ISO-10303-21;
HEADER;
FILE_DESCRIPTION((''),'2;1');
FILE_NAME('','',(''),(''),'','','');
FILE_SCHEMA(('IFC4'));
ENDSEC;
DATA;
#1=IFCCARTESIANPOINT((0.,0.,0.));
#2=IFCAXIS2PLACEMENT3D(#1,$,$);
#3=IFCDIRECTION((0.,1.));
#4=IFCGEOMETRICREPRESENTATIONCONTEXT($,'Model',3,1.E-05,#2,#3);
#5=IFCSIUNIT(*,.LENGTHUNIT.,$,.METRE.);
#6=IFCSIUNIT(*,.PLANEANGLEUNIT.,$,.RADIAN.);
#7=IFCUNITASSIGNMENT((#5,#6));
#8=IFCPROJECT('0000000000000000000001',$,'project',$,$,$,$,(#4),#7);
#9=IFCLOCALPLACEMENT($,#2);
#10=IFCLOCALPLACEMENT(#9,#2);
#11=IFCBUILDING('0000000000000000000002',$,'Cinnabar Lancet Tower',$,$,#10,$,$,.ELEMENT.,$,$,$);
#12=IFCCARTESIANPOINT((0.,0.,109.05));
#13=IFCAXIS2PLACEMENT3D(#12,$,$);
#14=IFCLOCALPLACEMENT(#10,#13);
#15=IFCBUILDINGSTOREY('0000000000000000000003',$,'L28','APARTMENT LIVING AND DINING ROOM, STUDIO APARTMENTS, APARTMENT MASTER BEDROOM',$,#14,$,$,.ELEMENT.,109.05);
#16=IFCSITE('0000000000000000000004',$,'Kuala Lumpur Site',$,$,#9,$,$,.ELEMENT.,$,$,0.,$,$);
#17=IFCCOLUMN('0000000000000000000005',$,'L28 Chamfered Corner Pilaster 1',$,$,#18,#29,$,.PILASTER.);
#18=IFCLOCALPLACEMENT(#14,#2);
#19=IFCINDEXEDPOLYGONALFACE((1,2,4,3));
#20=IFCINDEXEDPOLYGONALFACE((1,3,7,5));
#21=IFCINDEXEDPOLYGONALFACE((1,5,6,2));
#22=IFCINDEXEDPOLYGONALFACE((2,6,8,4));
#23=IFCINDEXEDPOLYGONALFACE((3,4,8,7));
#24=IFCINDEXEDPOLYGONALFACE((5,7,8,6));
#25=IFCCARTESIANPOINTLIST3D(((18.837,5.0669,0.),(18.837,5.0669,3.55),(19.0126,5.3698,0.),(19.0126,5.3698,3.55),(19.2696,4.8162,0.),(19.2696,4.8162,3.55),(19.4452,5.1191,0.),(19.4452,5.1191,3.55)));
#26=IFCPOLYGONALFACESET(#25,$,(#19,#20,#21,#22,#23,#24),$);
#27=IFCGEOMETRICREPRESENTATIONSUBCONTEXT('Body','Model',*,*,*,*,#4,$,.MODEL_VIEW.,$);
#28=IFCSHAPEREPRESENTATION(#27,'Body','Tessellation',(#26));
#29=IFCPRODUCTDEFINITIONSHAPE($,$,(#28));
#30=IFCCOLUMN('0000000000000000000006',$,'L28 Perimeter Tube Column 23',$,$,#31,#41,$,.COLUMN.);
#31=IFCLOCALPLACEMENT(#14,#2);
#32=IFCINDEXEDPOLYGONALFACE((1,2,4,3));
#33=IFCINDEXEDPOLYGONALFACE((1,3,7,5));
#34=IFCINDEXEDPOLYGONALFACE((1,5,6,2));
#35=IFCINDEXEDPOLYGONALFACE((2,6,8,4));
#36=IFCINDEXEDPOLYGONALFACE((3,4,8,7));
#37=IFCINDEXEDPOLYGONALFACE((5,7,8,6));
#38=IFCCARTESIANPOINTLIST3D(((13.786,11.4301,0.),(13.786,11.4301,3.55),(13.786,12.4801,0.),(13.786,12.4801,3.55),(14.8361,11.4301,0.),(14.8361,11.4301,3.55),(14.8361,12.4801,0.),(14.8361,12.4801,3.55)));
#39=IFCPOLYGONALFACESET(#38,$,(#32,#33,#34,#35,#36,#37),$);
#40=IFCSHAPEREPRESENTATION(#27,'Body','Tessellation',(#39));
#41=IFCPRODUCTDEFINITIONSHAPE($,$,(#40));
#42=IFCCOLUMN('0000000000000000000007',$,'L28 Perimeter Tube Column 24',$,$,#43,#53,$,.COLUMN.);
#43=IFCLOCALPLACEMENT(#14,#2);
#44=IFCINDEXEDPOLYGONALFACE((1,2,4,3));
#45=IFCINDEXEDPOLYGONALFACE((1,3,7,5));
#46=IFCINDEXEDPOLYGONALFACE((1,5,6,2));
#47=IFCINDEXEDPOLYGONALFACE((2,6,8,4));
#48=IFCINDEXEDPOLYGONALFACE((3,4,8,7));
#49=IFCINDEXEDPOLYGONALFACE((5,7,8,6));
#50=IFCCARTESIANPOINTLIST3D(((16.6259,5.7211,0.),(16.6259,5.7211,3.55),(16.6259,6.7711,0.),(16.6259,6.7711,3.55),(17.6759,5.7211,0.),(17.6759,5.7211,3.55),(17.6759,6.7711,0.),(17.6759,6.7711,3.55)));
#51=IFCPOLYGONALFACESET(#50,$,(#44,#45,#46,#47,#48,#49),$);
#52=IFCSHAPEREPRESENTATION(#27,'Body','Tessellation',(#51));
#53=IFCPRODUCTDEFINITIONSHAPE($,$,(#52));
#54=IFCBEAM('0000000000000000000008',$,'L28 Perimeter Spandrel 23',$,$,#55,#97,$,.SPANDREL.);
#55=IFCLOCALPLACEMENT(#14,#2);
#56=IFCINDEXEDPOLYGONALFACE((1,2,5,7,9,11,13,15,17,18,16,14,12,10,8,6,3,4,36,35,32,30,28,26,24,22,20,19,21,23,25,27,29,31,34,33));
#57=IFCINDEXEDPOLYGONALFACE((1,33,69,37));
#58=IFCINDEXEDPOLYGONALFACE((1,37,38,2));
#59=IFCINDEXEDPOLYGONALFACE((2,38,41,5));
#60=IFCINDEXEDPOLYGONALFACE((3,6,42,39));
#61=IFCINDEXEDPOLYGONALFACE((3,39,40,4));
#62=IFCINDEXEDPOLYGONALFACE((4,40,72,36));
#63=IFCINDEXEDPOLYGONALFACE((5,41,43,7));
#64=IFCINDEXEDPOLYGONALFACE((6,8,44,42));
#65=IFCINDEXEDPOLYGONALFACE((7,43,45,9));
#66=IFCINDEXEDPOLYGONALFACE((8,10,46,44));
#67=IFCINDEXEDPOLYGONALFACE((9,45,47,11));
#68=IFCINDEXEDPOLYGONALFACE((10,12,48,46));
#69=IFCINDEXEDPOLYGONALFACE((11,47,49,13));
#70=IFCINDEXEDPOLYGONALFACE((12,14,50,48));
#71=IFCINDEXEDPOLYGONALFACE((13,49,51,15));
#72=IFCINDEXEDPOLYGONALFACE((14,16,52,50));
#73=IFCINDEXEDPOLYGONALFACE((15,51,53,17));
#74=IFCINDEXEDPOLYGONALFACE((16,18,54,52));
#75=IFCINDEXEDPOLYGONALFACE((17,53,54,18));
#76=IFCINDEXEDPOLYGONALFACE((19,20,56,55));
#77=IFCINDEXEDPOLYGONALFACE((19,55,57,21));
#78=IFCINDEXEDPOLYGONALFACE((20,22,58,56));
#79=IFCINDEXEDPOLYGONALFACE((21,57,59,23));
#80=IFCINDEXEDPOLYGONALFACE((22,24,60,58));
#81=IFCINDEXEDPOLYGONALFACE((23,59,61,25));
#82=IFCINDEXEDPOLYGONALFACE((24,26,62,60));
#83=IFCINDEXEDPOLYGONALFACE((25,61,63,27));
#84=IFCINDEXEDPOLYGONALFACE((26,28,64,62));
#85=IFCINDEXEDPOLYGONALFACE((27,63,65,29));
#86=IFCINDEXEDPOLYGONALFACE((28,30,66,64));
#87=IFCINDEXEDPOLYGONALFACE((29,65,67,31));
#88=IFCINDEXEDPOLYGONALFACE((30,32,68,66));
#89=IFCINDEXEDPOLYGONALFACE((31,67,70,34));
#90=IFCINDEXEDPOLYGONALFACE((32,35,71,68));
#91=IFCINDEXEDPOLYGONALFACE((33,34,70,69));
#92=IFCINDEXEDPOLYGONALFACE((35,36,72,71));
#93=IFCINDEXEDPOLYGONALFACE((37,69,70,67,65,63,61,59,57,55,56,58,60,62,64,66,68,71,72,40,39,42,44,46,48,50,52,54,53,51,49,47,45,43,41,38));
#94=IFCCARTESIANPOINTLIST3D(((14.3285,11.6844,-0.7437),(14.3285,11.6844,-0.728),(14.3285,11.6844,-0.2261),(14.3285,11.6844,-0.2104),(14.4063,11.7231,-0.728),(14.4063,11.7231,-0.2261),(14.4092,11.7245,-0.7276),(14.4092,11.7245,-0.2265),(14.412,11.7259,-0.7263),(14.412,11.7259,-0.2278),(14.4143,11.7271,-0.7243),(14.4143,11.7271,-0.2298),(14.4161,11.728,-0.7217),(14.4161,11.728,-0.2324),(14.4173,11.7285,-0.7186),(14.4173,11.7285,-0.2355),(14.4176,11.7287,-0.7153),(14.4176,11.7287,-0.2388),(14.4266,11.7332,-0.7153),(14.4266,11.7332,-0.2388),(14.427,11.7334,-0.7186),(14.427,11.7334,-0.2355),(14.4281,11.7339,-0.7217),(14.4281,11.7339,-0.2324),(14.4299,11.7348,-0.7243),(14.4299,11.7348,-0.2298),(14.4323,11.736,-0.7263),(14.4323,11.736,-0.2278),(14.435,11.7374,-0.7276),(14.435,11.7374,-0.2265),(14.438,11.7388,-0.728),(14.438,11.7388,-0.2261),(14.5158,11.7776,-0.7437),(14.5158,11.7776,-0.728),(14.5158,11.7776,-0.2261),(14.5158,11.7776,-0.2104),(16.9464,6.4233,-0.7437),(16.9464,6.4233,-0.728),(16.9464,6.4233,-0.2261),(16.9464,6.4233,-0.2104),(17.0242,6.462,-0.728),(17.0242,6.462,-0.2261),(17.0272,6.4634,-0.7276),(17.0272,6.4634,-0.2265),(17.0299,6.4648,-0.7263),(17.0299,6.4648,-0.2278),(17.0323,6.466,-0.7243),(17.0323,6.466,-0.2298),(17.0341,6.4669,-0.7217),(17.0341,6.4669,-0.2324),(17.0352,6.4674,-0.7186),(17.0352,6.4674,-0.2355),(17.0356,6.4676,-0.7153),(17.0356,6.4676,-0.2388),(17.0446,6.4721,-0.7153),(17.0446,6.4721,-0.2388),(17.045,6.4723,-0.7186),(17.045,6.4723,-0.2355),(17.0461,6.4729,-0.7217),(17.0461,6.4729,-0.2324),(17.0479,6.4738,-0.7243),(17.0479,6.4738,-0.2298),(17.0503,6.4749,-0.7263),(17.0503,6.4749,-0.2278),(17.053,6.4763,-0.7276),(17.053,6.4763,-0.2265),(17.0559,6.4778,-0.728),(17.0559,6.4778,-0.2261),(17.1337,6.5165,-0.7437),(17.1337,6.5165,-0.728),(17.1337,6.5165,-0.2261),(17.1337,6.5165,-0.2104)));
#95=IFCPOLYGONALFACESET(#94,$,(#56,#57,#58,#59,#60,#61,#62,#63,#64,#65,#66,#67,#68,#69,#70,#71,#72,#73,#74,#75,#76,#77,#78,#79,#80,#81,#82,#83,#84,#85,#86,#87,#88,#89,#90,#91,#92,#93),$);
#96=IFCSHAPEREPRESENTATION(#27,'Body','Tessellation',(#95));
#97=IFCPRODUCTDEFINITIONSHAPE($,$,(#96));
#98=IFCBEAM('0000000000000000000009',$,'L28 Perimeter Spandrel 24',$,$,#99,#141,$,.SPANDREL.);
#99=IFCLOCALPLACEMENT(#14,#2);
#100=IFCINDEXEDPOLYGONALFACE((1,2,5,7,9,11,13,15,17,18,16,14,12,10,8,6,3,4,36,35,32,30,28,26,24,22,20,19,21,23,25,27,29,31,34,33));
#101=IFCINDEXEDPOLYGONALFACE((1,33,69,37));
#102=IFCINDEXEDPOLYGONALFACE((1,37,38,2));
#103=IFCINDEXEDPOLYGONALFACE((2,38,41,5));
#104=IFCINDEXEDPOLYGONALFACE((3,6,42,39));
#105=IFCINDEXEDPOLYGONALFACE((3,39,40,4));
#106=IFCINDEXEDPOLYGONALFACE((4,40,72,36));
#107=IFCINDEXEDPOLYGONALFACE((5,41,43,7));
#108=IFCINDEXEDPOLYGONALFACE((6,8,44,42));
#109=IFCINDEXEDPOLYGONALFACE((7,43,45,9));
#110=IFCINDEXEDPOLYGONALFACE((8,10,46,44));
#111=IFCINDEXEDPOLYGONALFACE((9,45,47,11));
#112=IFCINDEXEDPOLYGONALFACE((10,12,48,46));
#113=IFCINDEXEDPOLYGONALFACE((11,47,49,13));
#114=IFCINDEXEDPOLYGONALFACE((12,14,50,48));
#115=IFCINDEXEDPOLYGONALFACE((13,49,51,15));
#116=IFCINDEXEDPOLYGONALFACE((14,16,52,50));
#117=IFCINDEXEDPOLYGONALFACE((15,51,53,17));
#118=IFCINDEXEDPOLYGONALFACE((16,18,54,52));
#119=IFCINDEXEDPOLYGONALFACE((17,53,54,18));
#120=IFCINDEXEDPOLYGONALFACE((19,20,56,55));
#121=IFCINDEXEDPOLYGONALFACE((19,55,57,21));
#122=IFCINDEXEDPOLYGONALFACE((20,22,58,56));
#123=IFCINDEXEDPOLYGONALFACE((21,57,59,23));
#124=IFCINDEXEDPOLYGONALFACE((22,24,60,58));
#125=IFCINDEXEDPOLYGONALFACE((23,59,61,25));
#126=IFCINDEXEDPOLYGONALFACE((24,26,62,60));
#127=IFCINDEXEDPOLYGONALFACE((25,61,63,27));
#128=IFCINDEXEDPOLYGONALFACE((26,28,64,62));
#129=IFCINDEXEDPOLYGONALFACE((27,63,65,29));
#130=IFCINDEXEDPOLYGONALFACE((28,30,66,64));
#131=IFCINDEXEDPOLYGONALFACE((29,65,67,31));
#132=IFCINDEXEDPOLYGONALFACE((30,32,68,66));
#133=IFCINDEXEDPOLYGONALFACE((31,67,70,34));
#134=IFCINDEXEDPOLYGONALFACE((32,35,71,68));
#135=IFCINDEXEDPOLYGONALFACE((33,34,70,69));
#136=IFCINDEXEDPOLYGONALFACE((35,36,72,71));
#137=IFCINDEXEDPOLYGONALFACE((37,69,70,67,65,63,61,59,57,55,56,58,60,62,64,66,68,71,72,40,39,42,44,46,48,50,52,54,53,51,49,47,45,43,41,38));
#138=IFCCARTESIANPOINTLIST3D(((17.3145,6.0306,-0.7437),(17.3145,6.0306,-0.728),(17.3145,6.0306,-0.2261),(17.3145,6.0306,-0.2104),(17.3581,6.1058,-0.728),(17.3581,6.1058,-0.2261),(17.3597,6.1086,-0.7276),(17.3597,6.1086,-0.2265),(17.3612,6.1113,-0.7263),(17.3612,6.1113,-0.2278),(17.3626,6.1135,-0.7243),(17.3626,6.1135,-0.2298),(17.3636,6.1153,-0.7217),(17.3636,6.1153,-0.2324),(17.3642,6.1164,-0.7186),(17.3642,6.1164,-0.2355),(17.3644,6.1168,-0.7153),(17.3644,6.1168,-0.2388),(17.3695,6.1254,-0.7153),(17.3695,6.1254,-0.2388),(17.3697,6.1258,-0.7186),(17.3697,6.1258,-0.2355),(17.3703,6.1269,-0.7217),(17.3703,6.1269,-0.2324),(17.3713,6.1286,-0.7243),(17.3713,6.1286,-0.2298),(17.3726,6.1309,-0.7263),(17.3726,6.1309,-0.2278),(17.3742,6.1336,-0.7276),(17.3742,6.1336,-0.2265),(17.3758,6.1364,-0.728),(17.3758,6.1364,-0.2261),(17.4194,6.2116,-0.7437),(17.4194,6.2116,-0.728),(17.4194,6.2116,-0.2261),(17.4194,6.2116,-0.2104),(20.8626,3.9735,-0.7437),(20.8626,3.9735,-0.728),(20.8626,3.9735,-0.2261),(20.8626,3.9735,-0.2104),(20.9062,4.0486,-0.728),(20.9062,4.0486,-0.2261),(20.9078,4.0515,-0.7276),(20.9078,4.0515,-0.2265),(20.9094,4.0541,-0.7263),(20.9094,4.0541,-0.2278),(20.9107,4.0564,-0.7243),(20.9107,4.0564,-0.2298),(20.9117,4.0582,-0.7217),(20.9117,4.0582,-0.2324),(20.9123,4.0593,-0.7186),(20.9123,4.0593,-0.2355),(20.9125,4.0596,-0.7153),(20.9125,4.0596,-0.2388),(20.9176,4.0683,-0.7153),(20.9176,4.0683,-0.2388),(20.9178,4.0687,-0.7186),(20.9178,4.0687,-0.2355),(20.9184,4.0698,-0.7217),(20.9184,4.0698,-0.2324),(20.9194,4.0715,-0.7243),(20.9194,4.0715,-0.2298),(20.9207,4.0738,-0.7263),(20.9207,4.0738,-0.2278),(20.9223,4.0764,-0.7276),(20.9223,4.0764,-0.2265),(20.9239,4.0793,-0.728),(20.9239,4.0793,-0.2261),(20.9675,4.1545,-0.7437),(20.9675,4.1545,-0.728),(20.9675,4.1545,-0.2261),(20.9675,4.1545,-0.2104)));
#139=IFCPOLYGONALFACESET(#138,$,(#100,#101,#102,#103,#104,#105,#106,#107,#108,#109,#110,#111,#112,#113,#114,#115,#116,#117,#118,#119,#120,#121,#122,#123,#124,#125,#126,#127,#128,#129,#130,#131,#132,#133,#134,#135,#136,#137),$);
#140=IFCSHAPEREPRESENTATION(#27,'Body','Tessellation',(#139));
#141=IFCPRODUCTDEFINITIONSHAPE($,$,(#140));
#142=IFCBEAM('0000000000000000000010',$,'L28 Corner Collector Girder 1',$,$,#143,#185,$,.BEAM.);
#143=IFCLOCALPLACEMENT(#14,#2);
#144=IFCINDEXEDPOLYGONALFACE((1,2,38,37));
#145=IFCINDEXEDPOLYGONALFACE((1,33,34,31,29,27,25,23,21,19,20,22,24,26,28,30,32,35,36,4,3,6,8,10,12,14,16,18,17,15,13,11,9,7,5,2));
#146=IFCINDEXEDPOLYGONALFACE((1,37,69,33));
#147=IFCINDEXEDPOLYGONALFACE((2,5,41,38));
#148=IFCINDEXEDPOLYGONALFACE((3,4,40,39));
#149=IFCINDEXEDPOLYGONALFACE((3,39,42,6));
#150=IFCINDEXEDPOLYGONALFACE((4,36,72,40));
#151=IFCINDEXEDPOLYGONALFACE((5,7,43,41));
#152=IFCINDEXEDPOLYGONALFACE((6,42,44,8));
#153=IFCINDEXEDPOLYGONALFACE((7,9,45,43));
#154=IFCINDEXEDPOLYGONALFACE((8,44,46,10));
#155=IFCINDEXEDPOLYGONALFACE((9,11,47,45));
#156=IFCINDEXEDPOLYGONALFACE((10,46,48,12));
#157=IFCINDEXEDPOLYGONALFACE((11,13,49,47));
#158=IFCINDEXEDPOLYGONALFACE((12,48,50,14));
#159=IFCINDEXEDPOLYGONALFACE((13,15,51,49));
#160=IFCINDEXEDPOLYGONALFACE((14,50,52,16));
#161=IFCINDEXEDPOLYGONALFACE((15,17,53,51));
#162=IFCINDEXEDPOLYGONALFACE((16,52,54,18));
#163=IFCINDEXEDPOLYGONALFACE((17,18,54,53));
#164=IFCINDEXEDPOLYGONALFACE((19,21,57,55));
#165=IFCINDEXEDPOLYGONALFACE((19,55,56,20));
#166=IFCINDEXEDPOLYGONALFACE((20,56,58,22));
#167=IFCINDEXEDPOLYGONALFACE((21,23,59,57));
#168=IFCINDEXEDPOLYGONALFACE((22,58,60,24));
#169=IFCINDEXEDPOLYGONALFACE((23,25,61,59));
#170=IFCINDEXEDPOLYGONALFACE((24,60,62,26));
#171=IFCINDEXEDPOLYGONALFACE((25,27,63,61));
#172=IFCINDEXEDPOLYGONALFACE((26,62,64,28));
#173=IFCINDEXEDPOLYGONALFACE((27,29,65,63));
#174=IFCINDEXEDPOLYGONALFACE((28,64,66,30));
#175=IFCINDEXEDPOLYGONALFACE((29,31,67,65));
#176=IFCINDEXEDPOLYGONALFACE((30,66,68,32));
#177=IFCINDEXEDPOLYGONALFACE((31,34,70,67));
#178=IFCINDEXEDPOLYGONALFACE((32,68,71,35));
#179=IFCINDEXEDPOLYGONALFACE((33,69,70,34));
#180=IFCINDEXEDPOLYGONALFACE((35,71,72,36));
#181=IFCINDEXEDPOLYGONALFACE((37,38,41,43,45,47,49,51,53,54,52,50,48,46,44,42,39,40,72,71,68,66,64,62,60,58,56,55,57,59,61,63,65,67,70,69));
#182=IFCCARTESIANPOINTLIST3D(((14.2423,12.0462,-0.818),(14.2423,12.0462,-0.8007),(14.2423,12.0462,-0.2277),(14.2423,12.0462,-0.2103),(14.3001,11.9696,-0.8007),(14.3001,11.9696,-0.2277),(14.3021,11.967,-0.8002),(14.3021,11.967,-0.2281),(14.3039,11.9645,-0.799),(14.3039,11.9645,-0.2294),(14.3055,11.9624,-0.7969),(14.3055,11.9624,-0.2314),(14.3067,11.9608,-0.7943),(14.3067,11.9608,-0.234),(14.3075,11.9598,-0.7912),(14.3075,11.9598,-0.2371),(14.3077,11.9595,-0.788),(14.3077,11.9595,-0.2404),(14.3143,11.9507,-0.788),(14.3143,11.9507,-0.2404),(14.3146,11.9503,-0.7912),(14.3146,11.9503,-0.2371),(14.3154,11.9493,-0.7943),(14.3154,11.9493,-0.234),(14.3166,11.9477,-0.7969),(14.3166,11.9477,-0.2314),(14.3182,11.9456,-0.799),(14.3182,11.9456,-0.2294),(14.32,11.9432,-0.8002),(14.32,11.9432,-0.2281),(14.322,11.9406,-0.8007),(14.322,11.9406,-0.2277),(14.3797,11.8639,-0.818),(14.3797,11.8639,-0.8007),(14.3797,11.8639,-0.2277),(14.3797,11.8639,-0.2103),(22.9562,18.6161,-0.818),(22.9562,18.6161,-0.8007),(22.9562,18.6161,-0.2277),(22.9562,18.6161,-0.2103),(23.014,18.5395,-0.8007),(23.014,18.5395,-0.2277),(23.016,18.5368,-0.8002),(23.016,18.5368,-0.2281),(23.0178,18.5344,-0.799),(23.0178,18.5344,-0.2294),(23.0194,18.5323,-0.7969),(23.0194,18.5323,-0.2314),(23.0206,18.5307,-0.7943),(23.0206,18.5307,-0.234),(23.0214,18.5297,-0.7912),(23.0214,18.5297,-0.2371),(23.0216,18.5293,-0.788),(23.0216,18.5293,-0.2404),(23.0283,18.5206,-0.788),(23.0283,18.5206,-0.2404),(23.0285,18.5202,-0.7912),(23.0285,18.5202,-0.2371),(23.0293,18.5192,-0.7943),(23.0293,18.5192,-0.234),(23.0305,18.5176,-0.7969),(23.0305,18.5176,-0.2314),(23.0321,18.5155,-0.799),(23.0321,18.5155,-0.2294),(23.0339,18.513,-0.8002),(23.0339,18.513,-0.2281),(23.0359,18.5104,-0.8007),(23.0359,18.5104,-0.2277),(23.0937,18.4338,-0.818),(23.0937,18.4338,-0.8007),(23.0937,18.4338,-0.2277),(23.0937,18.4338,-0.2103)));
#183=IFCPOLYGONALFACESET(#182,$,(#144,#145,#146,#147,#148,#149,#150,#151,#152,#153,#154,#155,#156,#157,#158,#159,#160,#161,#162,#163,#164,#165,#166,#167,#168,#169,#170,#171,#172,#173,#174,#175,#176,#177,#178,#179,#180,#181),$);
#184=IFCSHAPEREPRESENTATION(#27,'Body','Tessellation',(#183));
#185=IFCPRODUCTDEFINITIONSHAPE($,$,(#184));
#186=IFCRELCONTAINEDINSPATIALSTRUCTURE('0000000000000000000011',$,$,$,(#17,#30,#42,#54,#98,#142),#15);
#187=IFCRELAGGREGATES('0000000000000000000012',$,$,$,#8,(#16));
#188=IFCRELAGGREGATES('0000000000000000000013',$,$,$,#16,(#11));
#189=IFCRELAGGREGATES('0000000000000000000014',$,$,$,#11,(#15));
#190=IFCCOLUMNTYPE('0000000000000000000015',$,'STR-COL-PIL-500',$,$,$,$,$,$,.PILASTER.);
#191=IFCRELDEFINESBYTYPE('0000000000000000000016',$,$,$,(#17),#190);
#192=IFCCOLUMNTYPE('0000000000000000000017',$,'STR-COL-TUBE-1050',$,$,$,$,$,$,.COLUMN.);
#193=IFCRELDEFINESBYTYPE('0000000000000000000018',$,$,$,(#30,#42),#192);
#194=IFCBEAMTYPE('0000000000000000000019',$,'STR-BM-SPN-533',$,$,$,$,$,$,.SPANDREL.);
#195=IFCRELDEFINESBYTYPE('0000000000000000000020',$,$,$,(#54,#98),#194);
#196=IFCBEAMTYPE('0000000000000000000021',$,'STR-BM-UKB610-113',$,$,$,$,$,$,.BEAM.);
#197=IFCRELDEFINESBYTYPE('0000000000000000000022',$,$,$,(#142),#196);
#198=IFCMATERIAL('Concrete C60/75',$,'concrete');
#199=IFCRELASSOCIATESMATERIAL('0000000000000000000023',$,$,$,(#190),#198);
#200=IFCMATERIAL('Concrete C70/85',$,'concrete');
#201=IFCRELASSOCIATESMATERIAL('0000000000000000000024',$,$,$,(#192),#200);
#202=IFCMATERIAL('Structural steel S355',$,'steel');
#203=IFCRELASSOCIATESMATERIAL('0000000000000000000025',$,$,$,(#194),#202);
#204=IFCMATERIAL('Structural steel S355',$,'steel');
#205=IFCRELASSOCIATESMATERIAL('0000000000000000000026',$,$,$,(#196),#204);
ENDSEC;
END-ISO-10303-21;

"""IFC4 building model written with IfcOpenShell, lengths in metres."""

from ifc_helpers import new_model, si_unit, direction, frame, origin, origin_2d, place, context, subcontext, project, spatial, rectangle, i_section, extrude, material, material_profile, profile_set, type_object, element, save


model = new_model("IFC4")

# Units and contexts
model_context = context("Model", 3, precision=1e-05, world=origin(), true_north=direction((0.0, 1.0)))
body_context = subcontext(model_context, "Body", "Model", "MODEL_VIEW")
ifc_project = project(units=[si_unit("LENGTHUNIT", "METRE"), si_unit("PLANEANGLEUNIT", "RADIAN")], contexts=[model_context])

# Site, building, storey
site_placement = place(None, origin())
site = spatial("IfcSite", under=ifc_project, at=site_placement, Name="Kuala Lumpur Site", CompositionType="ELEMENT", RefElevation=0.0)
building_placement = place(site_placement, origin())
building = spatial("IfcBuilding", under=site, at=building_placement, Name="Cinnabar Lancet Tower", CompositionType="ELEMENT")
storey_placement = place(building_placement, frame((0.0, 0.0, 109.05)))
storey = spatial("IfcBuildingStorey", under=building, at=storey_placement, Name="L28", Description="APARTMENT LIVING AND DINING ROOM, STUDIO APARTMENTS, APARTMENT MASTER BEDROOM", CompositionType="ELEMENT", Elevation=109.05)

# Columns
ifc_material_1 = material(Name="Concrete C60/75", Category="concrete")
ifc_material_profile_1 = material_profile(ifc_material_1, rectangle(XDim=0.5, YDim=0.3501, at=origin_2d()), Name="RC-PIL 500x350")
ifc_profile_set_1 = profile_set([ifc_material_profile_1], Name="Concrete C60/75")
column_type_1 = type_object("IfcColumnType", Name="STR-COL-PIL-500", PredefinedType="PILASTER", material=ifc_profile_set_1)
column_placement = place(storey_placement, frame((19.1411, 5.093, 0.0), z_axis=(0.0, 0.0, 1.0), x_axis=(0.86516, -0.501496, 0.0)))
element("IfcColumn", 1, at=column_placement, inside=storey, type_object=column_type_1, Name="L28 Chamfered Corner Pilaster 1", PredefinedType="PILASTER", context=body_context, shape_type="SweptSolid", body=[
    extrude(rectangle(XDim=0.5, YDim=0.3501, at=origin_2d()), origin(), (0.0, 0.0, 1.0), 3.55),
])
ifc_material_2 = material(Name="Concrete C70/85", Category="concrete")
ifc_material_profile_2 = material_profile(ifc_material_2, rectangle(XDim=1.05, YDim=1.05, at=origin_2d()), Name="RC-COL 1050x1050")
ifc_profile_set_2 = profile_set([ifc_material_profile_2], Name="Concrete C70/85")
column_type_2 = type_object("IfcColumnType", Name="STR-COL-TUBE-1050", PredefinedType="COLUMN", material=ifc_profile_set_2)
for number, where, z_axis, x_axis, name in (
    (2, (14.311, 11.9551, 0.0), (0.0, 0.0, 1.0), (1.0, 0.0, 0.0), "L28 Perimeter Tube Column 23"),
    (3, (17.1509, 6.2461, 0.0), (0.0, 0.0, 1.0), (1.0, 0.0, 0.0), "L28 Perimeter Tube Column 24"),
):
    element("IfcColumn", number, at=place(storey_placement, frame(where, z_axis=z_axis, x_axis=x_axis)), inside=storey, type_object=column_type_2, Name=name, PredefinedType="COLUMN", context=body_context, shape_type="SweptSolid", body=[
        extrude(rectangle(XDim=1.05, YDim=1.05, at=origin_2d()), origin(), (0.0, 0.0, 1.0), 3.55),
    ])

# Beams
ifc_material_3 = material(Name="Structural steel S355", Category="steel")
ifc_material_profile_3 = material_profile(ifc_material_3, i_section(OverallWidth=0.2092, OverallDepth=0.5332, WebThickness=0.01, FlangeThickness=0.0156, FilletRadius=0.0127, at=origin_2d()), Name="UKB 533x210x92")
ifc_profile_set_3 = profile_set([ifc_material_profile_3], Name="Structural steel S355")
beam_type_1 = type_object("IfcBeamType", Name="STR-BM-SPN-533", PredefinedType="SPANDREL", material=ifc_profile_set_3)
beam_1_placement = place(storey_placement, frame((14.4221, 11.731, -0.4771), z_axis=(0.445501, -0.895281, 0.0), x_axis=(0.895281, 0.445501, 0.0)))
element("IfcBeam", 4, at=beam_1_placement, inside=storey, type_object=beam_type_1, Name="L28 Perimeter Spandrel 23", PredefinedType="SPANDREL", context=body_context, shape_type="SweptSolid", body=[
    extrude(i_section(OverallWidth=0.2092, OverallDepth=0.5332, WebThickness=0.01, FlangeThickness=0.0156, FilletRadius=0.0127, at=origin_2d()), origin(), (0.0, 0.0, 1.0), 5.8765),
])
beam_2_placement = place(storey_placement, frame((17.3669, 6.1211, -0.4771), z_axis=(0.865112, -0.501578, 0.0), x_axis=(0.501578, 0.865112, 0.0)))
element("IfcBeam", 5, at=beam_2_placement, inside=storey, type_object=beam_type_1, Name="L28 Perimeter Spandrel 24", PredefinedType="SPANDREL", context=body_context, shape_type="SweptSolid", body=[
    extrude(i_section(OverallWidth=0.2092, OverallDepth=0.5332, WebThickness=0.01, FlangeThickness=0.0156, FilletRadius=0.0127, at=origin_2d()), origin(), (0.0, 0.0, 1.0), 4.1013),
])
ifc_material_4 = material(Name="Structural steel S355", Category="steel")
ifc_material_profile_4 = material_profile(ifc_material_4, i_section(OverallWidth=0.2283, OverallDepth=0.6077, WebThickness=0.011, FlangeThickness=0.0173, FilletRadius=0.0127, at=origin_2d()), Name="UKB 610x229x113")
ifc_profile_set_4 = profile_set([ifc_material_profile_4], Name="Structural steel S355")
beam_type_2 = type_object("IfcBeamType", Name="STR-BM-UKB610-113", PredefinedType="BEAM", material=ifc_profile_set_4)
beam_3_placement = place(storey_placement, frame((14.311, 11.9551, -0.5142), z_axis=(0.798483, 0.602017, 0.0), x_axis=(-0.602017, 0.798483, 0.0)))
element("IfcBeam", 6, at=beam_3_placement, inside=storey, type_object=beam_type_2, Name="L28 Corner Collector Girder 1", PredefinedType="BEAM", context=body_context, shape_type="SweptSolid", body=[
    extrude(i_section(OverallWidth=0.2283, OverallDepth=0.6077, WebThickness=0.011, FlangeThickness=0.0173, FilletRadius=0.0127, at=origin_2d()), origin(), (0.0, 0.0, 1.0), 10.9131),
])

save(model, "model.ifc")
